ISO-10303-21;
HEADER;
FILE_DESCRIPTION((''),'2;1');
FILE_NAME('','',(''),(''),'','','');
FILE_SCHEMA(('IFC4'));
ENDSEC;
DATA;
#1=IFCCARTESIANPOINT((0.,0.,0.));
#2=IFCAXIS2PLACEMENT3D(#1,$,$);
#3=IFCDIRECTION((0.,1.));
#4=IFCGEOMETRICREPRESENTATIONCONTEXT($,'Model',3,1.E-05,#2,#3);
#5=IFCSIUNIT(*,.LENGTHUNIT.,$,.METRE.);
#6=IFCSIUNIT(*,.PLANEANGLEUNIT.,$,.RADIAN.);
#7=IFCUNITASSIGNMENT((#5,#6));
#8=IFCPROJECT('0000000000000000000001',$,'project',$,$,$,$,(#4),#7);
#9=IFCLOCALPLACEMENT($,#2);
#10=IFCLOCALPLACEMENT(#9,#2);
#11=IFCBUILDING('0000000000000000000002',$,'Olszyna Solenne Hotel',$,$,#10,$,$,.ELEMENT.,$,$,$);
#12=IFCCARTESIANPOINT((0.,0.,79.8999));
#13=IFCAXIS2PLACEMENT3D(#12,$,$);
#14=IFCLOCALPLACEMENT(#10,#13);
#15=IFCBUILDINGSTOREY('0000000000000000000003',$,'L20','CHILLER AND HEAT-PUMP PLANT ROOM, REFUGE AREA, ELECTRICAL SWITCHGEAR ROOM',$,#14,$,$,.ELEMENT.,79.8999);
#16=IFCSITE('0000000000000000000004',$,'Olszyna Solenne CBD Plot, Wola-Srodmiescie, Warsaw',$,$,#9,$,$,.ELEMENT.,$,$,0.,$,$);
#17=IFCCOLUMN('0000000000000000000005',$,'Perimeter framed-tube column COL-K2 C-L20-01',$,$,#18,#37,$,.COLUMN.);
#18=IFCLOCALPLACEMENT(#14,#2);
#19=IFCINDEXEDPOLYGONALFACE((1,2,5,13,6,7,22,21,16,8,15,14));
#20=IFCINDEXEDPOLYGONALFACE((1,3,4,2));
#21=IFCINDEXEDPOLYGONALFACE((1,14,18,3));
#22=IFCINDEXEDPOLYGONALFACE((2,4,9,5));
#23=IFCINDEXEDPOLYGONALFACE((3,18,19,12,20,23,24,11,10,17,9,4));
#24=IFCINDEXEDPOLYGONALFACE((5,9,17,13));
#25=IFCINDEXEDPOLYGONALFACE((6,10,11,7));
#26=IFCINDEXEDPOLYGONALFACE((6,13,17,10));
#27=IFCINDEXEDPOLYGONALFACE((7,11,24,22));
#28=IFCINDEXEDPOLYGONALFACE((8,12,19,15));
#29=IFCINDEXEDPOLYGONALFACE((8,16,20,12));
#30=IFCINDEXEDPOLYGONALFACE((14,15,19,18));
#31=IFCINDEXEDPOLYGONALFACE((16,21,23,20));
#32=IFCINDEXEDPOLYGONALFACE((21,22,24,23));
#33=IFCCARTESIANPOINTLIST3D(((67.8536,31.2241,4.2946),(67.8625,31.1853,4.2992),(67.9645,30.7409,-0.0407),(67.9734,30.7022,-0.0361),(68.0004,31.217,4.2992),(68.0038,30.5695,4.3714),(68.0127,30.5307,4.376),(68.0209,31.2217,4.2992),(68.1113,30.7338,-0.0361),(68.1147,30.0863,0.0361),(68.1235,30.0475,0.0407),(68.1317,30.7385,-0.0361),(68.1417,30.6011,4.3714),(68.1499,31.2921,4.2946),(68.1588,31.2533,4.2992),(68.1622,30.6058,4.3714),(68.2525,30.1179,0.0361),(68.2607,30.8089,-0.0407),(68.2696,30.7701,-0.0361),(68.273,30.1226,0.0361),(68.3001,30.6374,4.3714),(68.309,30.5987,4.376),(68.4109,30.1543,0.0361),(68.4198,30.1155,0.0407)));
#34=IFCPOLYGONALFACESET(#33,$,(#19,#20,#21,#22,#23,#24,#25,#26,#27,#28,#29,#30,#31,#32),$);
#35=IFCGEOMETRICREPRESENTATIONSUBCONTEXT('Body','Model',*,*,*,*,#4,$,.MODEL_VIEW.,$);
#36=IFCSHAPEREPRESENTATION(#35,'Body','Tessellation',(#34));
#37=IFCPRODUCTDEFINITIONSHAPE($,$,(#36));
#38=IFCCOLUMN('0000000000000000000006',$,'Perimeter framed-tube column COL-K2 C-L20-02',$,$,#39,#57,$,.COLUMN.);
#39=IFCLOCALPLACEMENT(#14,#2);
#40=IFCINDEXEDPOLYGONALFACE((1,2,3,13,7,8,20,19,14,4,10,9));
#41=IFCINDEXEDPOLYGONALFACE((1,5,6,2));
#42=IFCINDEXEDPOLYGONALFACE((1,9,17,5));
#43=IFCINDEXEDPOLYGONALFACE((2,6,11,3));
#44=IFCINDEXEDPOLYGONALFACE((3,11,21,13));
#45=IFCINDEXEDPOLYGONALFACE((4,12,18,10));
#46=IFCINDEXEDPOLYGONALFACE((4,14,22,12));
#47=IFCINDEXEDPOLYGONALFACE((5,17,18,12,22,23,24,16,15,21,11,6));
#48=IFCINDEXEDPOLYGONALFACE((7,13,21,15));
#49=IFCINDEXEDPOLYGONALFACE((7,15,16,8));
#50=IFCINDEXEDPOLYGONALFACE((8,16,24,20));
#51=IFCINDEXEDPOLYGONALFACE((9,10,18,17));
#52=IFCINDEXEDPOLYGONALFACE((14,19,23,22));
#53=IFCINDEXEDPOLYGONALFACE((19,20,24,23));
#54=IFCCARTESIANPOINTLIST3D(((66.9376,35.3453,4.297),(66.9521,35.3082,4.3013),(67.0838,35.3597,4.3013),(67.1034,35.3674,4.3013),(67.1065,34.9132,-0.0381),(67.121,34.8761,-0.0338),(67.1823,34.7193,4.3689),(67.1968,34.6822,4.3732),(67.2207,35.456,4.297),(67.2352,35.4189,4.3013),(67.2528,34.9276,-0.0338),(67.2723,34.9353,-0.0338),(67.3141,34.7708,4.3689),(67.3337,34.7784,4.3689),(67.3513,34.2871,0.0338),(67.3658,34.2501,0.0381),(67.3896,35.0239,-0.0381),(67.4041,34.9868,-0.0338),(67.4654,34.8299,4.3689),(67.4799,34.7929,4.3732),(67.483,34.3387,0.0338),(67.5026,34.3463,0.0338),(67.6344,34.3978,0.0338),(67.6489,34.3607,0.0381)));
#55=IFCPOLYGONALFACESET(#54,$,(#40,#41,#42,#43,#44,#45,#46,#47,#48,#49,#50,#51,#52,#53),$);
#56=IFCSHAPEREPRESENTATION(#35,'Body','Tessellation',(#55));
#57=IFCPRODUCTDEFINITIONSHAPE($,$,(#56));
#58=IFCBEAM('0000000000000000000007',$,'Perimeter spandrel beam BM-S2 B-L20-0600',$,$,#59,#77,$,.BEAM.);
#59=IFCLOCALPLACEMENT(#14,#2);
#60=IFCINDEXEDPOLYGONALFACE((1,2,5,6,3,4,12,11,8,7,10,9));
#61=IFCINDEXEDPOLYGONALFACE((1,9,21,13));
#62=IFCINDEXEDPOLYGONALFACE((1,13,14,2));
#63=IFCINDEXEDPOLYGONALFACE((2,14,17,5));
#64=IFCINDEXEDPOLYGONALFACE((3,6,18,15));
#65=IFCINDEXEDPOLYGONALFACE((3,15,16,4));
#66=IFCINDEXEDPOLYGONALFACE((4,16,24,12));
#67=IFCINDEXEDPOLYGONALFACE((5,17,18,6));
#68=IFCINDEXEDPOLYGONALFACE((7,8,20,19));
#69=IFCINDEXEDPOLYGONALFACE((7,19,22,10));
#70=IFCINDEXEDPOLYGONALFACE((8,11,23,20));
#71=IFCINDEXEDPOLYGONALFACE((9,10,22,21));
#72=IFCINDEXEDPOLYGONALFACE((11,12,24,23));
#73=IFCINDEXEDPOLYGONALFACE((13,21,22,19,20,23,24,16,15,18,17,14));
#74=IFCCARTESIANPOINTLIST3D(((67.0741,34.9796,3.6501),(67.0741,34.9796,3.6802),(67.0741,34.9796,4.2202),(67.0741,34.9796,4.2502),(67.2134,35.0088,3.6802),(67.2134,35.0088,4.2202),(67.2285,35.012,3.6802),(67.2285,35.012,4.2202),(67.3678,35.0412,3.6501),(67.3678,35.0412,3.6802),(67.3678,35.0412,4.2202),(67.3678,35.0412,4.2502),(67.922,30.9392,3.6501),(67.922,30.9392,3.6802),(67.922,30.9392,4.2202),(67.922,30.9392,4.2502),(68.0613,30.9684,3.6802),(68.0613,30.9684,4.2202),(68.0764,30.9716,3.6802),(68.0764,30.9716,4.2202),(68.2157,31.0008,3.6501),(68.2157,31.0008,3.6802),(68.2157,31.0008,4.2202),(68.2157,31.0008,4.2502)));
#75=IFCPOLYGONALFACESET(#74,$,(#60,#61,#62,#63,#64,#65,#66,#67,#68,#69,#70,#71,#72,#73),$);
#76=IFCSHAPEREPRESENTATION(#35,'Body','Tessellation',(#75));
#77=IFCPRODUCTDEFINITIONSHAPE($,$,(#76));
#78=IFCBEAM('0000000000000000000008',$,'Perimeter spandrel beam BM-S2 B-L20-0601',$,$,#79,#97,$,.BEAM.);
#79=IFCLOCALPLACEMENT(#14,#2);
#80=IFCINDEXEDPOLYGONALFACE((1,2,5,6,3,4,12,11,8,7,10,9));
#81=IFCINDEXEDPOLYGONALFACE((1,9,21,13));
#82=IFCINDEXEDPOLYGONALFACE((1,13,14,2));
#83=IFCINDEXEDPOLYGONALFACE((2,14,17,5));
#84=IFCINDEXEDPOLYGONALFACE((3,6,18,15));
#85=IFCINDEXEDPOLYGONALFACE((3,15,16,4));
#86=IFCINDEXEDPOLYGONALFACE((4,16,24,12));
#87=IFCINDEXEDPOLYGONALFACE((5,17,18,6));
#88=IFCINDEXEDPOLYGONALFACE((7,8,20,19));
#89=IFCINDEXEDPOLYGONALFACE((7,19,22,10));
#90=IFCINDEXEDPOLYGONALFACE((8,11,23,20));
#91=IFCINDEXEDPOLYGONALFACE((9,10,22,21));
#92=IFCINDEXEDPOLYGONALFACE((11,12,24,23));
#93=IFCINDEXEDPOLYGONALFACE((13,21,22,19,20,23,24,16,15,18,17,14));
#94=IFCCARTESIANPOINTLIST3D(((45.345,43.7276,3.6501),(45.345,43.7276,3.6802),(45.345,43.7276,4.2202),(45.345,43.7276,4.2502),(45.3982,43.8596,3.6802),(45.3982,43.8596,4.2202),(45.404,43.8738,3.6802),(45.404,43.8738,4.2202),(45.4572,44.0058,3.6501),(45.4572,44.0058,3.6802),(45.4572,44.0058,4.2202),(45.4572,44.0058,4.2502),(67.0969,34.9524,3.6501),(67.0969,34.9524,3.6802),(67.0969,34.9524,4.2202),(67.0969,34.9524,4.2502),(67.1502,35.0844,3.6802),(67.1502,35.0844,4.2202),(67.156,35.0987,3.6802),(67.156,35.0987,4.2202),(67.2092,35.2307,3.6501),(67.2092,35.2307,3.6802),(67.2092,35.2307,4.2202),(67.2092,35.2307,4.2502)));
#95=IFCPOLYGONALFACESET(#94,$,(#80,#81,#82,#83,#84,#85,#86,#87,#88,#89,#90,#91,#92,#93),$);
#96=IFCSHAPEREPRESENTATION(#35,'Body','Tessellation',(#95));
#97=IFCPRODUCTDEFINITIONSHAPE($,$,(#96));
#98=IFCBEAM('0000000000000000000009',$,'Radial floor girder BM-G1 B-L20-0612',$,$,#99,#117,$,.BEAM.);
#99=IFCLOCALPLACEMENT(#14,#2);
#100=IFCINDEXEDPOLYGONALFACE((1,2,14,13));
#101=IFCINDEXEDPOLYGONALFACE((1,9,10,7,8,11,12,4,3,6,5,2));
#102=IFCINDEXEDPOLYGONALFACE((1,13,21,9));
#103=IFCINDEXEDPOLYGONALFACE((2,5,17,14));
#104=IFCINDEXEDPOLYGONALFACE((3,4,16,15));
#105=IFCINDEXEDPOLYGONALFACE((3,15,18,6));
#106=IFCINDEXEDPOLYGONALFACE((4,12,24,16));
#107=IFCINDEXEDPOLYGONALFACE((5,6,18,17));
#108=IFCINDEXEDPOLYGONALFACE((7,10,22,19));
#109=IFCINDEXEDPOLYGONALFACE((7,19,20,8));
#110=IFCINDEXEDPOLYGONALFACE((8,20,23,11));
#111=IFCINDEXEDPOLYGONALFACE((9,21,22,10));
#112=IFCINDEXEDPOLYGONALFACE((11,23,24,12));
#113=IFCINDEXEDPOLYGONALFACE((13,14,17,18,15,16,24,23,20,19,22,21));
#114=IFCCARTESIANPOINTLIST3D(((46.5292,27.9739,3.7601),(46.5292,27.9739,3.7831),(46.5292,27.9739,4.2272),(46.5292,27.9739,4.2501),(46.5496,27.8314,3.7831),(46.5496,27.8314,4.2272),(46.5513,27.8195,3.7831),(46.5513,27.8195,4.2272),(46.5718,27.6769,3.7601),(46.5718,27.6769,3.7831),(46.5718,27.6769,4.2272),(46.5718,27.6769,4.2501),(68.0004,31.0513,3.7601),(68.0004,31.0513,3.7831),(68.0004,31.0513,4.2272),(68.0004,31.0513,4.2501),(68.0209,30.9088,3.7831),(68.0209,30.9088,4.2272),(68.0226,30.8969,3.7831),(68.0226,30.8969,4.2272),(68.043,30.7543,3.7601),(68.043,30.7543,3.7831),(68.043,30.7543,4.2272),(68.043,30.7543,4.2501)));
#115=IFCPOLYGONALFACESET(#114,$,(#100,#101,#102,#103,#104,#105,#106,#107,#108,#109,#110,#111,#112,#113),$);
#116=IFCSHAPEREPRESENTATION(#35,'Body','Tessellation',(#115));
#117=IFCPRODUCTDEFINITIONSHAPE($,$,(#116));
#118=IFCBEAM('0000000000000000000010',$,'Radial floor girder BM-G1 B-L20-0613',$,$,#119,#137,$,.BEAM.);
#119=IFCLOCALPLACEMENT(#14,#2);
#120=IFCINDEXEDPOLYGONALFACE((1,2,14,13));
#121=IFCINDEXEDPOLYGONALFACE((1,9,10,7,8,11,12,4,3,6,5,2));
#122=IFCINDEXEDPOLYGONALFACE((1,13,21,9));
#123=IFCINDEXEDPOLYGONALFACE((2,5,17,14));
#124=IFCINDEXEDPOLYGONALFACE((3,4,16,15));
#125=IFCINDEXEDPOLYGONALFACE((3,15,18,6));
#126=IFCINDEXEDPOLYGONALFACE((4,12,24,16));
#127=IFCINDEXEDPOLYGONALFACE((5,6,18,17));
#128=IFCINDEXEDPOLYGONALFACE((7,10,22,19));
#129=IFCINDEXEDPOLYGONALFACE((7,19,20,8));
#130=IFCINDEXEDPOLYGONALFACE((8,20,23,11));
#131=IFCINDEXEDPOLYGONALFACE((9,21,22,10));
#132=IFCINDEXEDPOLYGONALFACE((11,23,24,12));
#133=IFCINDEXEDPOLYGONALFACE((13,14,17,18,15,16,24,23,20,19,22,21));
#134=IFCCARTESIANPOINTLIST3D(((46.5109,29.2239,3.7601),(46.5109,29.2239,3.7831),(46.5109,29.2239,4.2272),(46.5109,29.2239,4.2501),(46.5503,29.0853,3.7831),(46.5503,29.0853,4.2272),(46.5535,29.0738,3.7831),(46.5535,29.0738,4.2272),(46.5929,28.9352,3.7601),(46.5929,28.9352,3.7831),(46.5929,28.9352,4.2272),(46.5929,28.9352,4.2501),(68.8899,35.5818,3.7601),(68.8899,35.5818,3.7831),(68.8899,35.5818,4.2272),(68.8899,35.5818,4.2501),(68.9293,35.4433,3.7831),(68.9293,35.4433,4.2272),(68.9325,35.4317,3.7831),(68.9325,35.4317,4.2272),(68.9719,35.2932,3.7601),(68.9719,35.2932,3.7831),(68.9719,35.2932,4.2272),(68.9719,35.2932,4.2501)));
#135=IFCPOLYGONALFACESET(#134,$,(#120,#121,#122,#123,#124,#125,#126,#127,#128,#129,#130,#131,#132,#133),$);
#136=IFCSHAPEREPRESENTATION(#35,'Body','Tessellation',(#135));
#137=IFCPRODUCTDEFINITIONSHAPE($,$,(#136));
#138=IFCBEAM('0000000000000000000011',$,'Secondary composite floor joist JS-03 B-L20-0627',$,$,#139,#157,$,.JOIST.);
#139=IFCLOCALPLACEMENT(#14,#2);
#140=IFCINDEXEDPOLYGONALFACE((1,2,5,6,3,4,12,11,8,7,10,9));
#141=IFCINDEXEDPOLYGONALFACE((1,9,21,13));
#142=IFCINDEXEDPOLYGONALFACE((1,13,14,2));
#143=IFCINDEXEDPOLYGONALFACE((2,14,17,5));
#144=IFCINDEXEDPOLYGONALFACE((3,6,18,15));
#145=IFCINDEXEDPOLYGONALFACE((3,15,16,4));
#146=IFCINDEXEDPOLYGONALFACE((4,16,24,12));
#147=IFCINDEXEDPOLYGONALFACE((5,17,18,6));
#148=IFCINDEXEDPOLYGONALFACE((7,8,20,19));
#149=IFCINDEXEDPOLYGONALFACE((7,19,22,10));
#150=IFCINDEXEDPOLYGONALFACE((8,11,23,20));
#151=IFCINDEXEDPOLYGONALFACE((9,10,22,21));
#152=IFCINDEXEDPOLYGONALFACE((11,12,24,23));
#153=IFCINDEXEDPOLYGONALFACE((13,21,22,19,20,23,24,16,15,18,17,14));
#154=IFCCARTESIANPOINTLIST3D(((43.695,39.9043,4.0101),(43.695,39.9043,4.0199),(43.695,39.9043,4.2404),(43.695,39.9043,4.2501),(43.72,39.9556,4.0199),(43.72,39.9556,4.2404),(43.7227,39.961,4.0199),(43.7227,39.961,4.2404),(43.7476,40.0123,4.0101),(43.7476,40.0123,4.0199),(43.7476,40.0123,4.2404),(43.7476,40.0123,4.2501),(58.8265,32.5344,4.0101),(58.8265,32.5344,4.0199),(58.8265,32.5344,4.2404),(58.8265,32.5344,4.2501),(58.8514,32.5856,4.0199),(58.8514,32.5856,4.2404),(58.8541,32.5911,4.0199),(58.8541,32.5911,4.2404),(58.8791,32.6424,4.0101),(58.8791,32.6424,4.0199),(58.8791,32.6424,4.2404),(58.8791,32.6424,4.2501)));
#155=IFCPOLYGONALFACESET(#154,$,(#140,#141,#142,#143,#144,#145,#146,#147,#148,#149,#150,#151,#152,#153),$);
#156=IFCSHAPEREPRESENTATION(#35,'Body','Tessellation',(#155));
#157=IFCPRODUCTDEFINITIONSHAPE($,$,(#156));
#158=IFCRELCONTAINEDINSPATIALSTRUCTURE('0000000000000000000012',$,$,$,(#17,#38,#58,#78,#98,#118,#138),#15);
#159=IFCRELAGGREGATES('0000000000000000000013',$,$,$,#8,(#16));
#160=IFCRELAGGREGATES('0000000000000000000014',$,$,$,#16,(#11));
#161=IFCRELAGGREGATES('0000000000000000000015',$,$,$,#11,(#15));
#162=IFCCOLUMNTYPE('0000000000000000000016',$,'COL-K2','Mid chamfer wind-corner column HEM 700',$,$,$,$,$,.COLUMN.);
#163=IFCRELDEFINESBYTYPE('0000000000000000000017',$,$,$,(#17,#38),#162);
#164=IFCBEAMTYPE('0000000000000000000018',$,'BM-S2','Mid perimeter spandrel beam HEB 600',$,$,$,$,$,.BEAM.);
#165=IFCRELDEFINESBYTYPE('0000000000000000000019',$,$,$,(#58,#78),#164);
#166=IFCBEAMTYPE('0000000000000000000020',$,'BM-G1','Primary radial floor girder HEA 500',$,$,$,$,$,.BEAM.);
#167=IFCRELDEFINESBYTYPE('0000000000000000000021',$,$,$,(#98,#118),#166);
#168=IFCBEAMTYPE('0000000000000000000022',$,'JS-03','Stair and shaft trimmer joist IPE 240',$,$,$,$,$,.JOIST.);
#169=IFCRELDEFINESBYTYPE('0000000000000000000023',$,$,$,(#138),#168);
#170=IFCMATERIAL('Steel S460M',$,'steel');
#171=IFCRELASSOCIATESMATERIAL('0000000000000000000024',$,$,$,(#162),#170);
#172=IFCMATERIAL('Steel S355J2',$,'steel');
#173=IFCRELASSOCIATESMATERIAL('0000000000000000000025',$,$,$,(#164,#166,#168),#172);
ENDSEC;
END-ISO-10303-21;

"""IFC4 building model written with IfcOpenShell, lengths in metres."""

from ifc_helpers import new_model, si_unit, direction, frame, origin, origin_2d, place, context, subcontext, project, spatial, i_section, extrude, source, transform, mapped, material, material_profile, profile_set, type_object, element, save


model = new_model("IFC4")

# Units and contexts
model_context = context("Model", 3, precision=1e-05, world=origin(), true_north=direction((0.0, 1.0)))
body_context = subcontext(model_context, "Body", "Model", "MODEL_VIEW")
ifc_project = project(units=[si_unit("LENGTHUNIT", "METRE"), si_unit("PLANEANGLEUNIT", "RADIAN")], contexts=[model_context])

# Site, building, storey
site_placement = place(None, origin())
site = spatial("IfcSite", under=ifc_project, at=site_placement, Name="Olszyna Solenne CBD Plot, Wola-Srodmiescie, Warsaw", CompositionType="ELEMENT", RefElevation=0.0)
building_placement = place(site_placement, origin())
building = spatial("IfcBuilding", under=site, at=building_placement, Name="Olszyna Solenne Hotel", CompositionType="ELEMENT")
storey_placement = place(building_placement, frame((0.0, 0.0, 79.8999)))
storey = spatial("IfcBuildingStorey", under=building, at=storey_placement, Name="L20", Description="CHILLER AND HEAT-PUMP PLANT ROOM, REFUGE AREA, ELECTRICAL SWITCHGEAR ROOM", CompositionType="ELEMENT", Elevation=79.8999)

# Columns
ifc_material_1 = material(Name="Steel S460M", Category="steel")
ifc_material_profile_1 = material_profile(ifc_material_1, i_section(OverallWidth=0.304, OverallDepth=0.7161, WebThickness=0.021, FlangeThickness=0.04, at=origin_2d()), Name="HEM 700", Category="load-bearing")
ifc_profile_set_1 = profile_set([ifc_material_profile_1], Name="Steel S460M")
column_type = type_object("IfcColumnType", Name="COL-K2", Description="Mid chamfer wind-corner column HEM 700", PredefinedType="COLUMN", material=ifc_profile_set_1)
shared_shape_1 = source(origin(), body_context, "Body", "SweptSolid", [
    extrude(i_section(OverallWidth=0.304, OverallDepth=0.7161, WebThickness=0.021, FlangeThickness=0.04, at=origin_2d()), origin(), (0.0, 0.0, 1.0), 4.3635),
])
column_1_placement = place(storey_placement, frame((68.1921, 30.4282, 0.0), z_axis=(-0.025402, 0.110727, 0.993526), x_axis=(-0.974681, -0.2236, 0.0)))
element("IfcColumn", 1, at=column_1_placement, inside=storey, type_object=column_type, Name="Perimeter framed-tube column COL-K2 C-L20-01", PredefinedType="COLUMN", context=body_context, shape_type="MappedRepresentation", body=[
    mapped(shared_shape_1, transform((0.0, 0.0, 0.0), x_axis=(1.0, 0.0, 0.0), y_axis=(0.0, 1.0, 0.0), z_axis=(0.0, 0.0, 1.0), scale=1.0)),
])
shared_shape_2 = source(origin(), body_context, "Body", "SweptSolid", [
    extrude(i_section(OverallWidth=0.304, OverallDepth=0.7161, WebThickness=0.021, FlangeThickness=0.04, at=origin_2d()), origin(), (0.0, 0.0, 1.0), 4.3599),
])
column_2_placement = place(storey_placement, frame((67.3777, 34.637, 0.0), z_axis=(-0.038749, 0.099113, 0.994321), x_axis=(-0.931351, -0.364122, 0.0)))
element("IfcColumn", 2, at=column_2_placement, inside=storey, type_object=column_type, Name="Perimeter framed-tube column COL-K2 C-L20-02", PredefinedType="COLUMN", context=body_context, shape_type="MappedRepresentation", body=[
    mapped(shared_shape_2, transform((0.0, 0.0, 0.0), x_axis=(1.0, 0.0, 0.0), y_axis=(0.0, 1.0, 0.0), z_axis=(0.0, 0.0, 1.0), scale=1.0)),
])

# Beams
ifc_material_2 = material(Name="Steel S355J2", Category="steel")
ifc_material_profile_2 = material_profile(ifc_material_2, i_section(OverallWidth=0.3, OverallDepth=0.6001, WebThickness=0.0154, FlangeThickness=0.03, at=origin_2d()), Name="HEB 600", Category="load-bearing")
ifc_profile_set_2 = profile_set([ifc_material_profile_2], Name="Steel S355J2")
beam_type_1 = type_object("IfcBeamType", Name="BM-S2", Description="Mid perimeter spandrel beam HEB 600", PredefinedType="BEAM", material=ifc_profile_set_2)
shared_shape_3 = source(origin(), body_context, "Body", "SweptSolid", [
    extrude(i_section(OverallWidth=0.3, OverallDepth=0.6001, WebThickness=0.0154, FlangeThickness=0.03, at=origin_2d()), origin(), (0.0, 0.0, 1.0), 4.1284),
])
beam_1_placement = place(storey_placement, frame((68.0688, 30.97, 3.9502), z_axis=(-0.205376, 0.978683, 0.0), x_axis=(-0.978683, -0.205376, 0.0)))
element("IfcBeam", 3, at=beam_1_placement, inside=storey, type_object=beam_type_1, Name="Perimeter spandrel beam BM-S2 B-L20-0600", PredefinedType="BEAM", context=body_context, shape_type="MappedRepresentation", body=[
    mapped(shared_shape_3, transform((0.0, 0.0, 0.0), x_axis=(1.0, 0.0, 0.0), y_axis=(0.0, 1.0, 0.0), z_axis=(0.0, 0.0, 1.0), scale=1.0)),
])
shared_shape_4 = source(origin(), body_context, "Body", "SweptSolid", [
    extrude(i_section(OverallWidth=0.3, OverallDepth=0.6001, WebThickness=0.0154, FlangeThickness=0.03, at=origin_2d()), origin(), (0.0, 0.0, 1.0), 23.4553),
])
beam_2_placement = place(storey_placement, frame((67.1531, 35.0916, 3.9502), z_axis=(-0.927379, 0.374122, 0.0), x_axis=(-0.374122, -0.927379, 0.0)))
element("IfcBeam", 4, at=beam_2_placement, inside=storey, type_object=beam_type_1, Name="Perimeter spandrel beam BM-S2 B-L20-0601", PredefinedType="BEAM", context=body_context, shape_type="MappedRepresentation", body=[
    mapped(shared_shape_4, transform((0.0, 0.0, 0.0), x_axis=(1.0, 0.0, 0.0), y_axis=(0.0, 1.0, 0.0), z_axis=(0.0, 0.0, 1.0), scale=1.0)),
])
ifc_material_profile_3 = material_profile(ifc_material_2, i_section(OverallWidth=0.3, OverallDepth=0.49, WebThickness=0.012, FlangeThickness=0.0229, at=origin_2d()), Name="HEA 500", Category="load-bearing")
ifc_profile_set_3 = profile_set([ifc_material_profile_3], Name="Steel S355J2")
beam_type_2 = type_object("IfcBeamType", Name="BM-G1", Description="Primary radial floor girder HEA 500", PredefinedType="BEAM", material=ifc_profile_set_3)
shared_shape_5 = source(origin(), body_context, "Body", "SweptSolid", [
    extrude(i_section(OverallWidth=0.3, OverallDepth=0.49, WebThickness=0.012, FlangeThickness=0.0229, at=origin_2d()), origin(), (0.0, 0.0, 1.0), 21.6907),
])
beam_3_placement = place(storey_placement, frame((68.0217, 30.9028, 4.0051), z_axis=(-0.989884, -0.141877, 0.0), x_axis=(0.141877, -0.989884, 0.0)))
element("IfcBeam", 5, at=beam_3_placement, inside=storey, type_object=beam_type_2, Name="Radial floor girder BM-G1 B-L20-0612", PredefinedType="BEAM", context=body_context, shape_type="MappedRepresentation", body=[
    mapped(shared_shape_5, transform((0.0, 0.0, 0.0), x_axis=(1.0, 0.0, 0.0), y_axis=(0.0, 1.0, 0.0), z_axis=(0.0, 0.0, 1.0), scale=1.0)),
])
shared_shape_6 = source(origin(), body_context, "Body", "SweptSolid", [
    extrude(i_section(OverallWidth=0.3, OverallDepth=0.49, WebThickness=0.012, FlangeThickness=0.0229, at=origin_2d()), origin(), (0.0, 0.0, 1.0), 23.2646),
])
beam_4_placement = place(storey_placement, frame((68.9309, 35.4375, 4.0051), z_axis=(-0.961932, -0.273288, 0.0), x_axis=(0.273288, -0.961932, 0.0)))
element("IfcBeam", 6, at=beam_4_placement, inside=storey, type_object=beam_type_2, Name="Radial floor girder BM-G1 B-L20-0613", PredefinedType="BEAM", context=body_context, shape_type="MappedRepresentation", body=[
    mapped(shared_shape_6, transform((0.0, 0.0, 0.0), x_axis=(1.0, 0.0, 0.0), y_axis=(0.0, 1.0, 0.0), z_axis=(0.0, 0.0, 1.0), scale=1.0)),
])
ifc_material_profile_4 = material_profile(ifc_material_2, i_section(OverallWidth=0.1201, OverallDepth=0.24, WebThickness=0.0061, FlangeThickness=0.0098, at=origin_2d()), Name="IPE 240", Category="load-bearing")
ifc_profile_set_4 = profile_set([ifc_material_profile_4], Name="Steel S355J2")
beam_type_3 = type_object("IfcBeamType", Name="JS-03", Description="Stair and shaft trimmer joist IPE 240", PredefinedType="JOIST", material=ifc_profile_set_4)
shared_shape_7 = source(origin(), body_context, "Body", "SweptSolid", [
    extrude(i_section(OverallWidth=0.1201, OverallDepth=0.24, WebThickness=0.0061, FlangeThickness=0.0098, at=origin_2d()), origin(), (0.0, 0.0, 1.0), 16.8308),
])
beam_5_placement = place(storey_placement, frame((58.8528, 32.5884, 4.1301), z_axis=(-0.899032, 0.437883, 0.0), x_axis=(-0.437883, -0.899032, 0.0)))
element("IfcBeam", 7, at=beam_5_placement, inside=storey, type_object=beam_type_3, Name="Secondary composite floor joist JS-03 B-L20-0627", PredefinedType="JOIST", context=body_context, shape_type="MappedRepresentation", body=[
    mapped(shared_shape_7, transform((0.0, 0.0, 0.0), x_axis=(1.0, 0.0, 0.0), y_axis=(0.0, 1.0, 0.0), z_axis=(0.0, 0.0, 1.0), scale=1.0)),
])

save(model, "model.ifc")
